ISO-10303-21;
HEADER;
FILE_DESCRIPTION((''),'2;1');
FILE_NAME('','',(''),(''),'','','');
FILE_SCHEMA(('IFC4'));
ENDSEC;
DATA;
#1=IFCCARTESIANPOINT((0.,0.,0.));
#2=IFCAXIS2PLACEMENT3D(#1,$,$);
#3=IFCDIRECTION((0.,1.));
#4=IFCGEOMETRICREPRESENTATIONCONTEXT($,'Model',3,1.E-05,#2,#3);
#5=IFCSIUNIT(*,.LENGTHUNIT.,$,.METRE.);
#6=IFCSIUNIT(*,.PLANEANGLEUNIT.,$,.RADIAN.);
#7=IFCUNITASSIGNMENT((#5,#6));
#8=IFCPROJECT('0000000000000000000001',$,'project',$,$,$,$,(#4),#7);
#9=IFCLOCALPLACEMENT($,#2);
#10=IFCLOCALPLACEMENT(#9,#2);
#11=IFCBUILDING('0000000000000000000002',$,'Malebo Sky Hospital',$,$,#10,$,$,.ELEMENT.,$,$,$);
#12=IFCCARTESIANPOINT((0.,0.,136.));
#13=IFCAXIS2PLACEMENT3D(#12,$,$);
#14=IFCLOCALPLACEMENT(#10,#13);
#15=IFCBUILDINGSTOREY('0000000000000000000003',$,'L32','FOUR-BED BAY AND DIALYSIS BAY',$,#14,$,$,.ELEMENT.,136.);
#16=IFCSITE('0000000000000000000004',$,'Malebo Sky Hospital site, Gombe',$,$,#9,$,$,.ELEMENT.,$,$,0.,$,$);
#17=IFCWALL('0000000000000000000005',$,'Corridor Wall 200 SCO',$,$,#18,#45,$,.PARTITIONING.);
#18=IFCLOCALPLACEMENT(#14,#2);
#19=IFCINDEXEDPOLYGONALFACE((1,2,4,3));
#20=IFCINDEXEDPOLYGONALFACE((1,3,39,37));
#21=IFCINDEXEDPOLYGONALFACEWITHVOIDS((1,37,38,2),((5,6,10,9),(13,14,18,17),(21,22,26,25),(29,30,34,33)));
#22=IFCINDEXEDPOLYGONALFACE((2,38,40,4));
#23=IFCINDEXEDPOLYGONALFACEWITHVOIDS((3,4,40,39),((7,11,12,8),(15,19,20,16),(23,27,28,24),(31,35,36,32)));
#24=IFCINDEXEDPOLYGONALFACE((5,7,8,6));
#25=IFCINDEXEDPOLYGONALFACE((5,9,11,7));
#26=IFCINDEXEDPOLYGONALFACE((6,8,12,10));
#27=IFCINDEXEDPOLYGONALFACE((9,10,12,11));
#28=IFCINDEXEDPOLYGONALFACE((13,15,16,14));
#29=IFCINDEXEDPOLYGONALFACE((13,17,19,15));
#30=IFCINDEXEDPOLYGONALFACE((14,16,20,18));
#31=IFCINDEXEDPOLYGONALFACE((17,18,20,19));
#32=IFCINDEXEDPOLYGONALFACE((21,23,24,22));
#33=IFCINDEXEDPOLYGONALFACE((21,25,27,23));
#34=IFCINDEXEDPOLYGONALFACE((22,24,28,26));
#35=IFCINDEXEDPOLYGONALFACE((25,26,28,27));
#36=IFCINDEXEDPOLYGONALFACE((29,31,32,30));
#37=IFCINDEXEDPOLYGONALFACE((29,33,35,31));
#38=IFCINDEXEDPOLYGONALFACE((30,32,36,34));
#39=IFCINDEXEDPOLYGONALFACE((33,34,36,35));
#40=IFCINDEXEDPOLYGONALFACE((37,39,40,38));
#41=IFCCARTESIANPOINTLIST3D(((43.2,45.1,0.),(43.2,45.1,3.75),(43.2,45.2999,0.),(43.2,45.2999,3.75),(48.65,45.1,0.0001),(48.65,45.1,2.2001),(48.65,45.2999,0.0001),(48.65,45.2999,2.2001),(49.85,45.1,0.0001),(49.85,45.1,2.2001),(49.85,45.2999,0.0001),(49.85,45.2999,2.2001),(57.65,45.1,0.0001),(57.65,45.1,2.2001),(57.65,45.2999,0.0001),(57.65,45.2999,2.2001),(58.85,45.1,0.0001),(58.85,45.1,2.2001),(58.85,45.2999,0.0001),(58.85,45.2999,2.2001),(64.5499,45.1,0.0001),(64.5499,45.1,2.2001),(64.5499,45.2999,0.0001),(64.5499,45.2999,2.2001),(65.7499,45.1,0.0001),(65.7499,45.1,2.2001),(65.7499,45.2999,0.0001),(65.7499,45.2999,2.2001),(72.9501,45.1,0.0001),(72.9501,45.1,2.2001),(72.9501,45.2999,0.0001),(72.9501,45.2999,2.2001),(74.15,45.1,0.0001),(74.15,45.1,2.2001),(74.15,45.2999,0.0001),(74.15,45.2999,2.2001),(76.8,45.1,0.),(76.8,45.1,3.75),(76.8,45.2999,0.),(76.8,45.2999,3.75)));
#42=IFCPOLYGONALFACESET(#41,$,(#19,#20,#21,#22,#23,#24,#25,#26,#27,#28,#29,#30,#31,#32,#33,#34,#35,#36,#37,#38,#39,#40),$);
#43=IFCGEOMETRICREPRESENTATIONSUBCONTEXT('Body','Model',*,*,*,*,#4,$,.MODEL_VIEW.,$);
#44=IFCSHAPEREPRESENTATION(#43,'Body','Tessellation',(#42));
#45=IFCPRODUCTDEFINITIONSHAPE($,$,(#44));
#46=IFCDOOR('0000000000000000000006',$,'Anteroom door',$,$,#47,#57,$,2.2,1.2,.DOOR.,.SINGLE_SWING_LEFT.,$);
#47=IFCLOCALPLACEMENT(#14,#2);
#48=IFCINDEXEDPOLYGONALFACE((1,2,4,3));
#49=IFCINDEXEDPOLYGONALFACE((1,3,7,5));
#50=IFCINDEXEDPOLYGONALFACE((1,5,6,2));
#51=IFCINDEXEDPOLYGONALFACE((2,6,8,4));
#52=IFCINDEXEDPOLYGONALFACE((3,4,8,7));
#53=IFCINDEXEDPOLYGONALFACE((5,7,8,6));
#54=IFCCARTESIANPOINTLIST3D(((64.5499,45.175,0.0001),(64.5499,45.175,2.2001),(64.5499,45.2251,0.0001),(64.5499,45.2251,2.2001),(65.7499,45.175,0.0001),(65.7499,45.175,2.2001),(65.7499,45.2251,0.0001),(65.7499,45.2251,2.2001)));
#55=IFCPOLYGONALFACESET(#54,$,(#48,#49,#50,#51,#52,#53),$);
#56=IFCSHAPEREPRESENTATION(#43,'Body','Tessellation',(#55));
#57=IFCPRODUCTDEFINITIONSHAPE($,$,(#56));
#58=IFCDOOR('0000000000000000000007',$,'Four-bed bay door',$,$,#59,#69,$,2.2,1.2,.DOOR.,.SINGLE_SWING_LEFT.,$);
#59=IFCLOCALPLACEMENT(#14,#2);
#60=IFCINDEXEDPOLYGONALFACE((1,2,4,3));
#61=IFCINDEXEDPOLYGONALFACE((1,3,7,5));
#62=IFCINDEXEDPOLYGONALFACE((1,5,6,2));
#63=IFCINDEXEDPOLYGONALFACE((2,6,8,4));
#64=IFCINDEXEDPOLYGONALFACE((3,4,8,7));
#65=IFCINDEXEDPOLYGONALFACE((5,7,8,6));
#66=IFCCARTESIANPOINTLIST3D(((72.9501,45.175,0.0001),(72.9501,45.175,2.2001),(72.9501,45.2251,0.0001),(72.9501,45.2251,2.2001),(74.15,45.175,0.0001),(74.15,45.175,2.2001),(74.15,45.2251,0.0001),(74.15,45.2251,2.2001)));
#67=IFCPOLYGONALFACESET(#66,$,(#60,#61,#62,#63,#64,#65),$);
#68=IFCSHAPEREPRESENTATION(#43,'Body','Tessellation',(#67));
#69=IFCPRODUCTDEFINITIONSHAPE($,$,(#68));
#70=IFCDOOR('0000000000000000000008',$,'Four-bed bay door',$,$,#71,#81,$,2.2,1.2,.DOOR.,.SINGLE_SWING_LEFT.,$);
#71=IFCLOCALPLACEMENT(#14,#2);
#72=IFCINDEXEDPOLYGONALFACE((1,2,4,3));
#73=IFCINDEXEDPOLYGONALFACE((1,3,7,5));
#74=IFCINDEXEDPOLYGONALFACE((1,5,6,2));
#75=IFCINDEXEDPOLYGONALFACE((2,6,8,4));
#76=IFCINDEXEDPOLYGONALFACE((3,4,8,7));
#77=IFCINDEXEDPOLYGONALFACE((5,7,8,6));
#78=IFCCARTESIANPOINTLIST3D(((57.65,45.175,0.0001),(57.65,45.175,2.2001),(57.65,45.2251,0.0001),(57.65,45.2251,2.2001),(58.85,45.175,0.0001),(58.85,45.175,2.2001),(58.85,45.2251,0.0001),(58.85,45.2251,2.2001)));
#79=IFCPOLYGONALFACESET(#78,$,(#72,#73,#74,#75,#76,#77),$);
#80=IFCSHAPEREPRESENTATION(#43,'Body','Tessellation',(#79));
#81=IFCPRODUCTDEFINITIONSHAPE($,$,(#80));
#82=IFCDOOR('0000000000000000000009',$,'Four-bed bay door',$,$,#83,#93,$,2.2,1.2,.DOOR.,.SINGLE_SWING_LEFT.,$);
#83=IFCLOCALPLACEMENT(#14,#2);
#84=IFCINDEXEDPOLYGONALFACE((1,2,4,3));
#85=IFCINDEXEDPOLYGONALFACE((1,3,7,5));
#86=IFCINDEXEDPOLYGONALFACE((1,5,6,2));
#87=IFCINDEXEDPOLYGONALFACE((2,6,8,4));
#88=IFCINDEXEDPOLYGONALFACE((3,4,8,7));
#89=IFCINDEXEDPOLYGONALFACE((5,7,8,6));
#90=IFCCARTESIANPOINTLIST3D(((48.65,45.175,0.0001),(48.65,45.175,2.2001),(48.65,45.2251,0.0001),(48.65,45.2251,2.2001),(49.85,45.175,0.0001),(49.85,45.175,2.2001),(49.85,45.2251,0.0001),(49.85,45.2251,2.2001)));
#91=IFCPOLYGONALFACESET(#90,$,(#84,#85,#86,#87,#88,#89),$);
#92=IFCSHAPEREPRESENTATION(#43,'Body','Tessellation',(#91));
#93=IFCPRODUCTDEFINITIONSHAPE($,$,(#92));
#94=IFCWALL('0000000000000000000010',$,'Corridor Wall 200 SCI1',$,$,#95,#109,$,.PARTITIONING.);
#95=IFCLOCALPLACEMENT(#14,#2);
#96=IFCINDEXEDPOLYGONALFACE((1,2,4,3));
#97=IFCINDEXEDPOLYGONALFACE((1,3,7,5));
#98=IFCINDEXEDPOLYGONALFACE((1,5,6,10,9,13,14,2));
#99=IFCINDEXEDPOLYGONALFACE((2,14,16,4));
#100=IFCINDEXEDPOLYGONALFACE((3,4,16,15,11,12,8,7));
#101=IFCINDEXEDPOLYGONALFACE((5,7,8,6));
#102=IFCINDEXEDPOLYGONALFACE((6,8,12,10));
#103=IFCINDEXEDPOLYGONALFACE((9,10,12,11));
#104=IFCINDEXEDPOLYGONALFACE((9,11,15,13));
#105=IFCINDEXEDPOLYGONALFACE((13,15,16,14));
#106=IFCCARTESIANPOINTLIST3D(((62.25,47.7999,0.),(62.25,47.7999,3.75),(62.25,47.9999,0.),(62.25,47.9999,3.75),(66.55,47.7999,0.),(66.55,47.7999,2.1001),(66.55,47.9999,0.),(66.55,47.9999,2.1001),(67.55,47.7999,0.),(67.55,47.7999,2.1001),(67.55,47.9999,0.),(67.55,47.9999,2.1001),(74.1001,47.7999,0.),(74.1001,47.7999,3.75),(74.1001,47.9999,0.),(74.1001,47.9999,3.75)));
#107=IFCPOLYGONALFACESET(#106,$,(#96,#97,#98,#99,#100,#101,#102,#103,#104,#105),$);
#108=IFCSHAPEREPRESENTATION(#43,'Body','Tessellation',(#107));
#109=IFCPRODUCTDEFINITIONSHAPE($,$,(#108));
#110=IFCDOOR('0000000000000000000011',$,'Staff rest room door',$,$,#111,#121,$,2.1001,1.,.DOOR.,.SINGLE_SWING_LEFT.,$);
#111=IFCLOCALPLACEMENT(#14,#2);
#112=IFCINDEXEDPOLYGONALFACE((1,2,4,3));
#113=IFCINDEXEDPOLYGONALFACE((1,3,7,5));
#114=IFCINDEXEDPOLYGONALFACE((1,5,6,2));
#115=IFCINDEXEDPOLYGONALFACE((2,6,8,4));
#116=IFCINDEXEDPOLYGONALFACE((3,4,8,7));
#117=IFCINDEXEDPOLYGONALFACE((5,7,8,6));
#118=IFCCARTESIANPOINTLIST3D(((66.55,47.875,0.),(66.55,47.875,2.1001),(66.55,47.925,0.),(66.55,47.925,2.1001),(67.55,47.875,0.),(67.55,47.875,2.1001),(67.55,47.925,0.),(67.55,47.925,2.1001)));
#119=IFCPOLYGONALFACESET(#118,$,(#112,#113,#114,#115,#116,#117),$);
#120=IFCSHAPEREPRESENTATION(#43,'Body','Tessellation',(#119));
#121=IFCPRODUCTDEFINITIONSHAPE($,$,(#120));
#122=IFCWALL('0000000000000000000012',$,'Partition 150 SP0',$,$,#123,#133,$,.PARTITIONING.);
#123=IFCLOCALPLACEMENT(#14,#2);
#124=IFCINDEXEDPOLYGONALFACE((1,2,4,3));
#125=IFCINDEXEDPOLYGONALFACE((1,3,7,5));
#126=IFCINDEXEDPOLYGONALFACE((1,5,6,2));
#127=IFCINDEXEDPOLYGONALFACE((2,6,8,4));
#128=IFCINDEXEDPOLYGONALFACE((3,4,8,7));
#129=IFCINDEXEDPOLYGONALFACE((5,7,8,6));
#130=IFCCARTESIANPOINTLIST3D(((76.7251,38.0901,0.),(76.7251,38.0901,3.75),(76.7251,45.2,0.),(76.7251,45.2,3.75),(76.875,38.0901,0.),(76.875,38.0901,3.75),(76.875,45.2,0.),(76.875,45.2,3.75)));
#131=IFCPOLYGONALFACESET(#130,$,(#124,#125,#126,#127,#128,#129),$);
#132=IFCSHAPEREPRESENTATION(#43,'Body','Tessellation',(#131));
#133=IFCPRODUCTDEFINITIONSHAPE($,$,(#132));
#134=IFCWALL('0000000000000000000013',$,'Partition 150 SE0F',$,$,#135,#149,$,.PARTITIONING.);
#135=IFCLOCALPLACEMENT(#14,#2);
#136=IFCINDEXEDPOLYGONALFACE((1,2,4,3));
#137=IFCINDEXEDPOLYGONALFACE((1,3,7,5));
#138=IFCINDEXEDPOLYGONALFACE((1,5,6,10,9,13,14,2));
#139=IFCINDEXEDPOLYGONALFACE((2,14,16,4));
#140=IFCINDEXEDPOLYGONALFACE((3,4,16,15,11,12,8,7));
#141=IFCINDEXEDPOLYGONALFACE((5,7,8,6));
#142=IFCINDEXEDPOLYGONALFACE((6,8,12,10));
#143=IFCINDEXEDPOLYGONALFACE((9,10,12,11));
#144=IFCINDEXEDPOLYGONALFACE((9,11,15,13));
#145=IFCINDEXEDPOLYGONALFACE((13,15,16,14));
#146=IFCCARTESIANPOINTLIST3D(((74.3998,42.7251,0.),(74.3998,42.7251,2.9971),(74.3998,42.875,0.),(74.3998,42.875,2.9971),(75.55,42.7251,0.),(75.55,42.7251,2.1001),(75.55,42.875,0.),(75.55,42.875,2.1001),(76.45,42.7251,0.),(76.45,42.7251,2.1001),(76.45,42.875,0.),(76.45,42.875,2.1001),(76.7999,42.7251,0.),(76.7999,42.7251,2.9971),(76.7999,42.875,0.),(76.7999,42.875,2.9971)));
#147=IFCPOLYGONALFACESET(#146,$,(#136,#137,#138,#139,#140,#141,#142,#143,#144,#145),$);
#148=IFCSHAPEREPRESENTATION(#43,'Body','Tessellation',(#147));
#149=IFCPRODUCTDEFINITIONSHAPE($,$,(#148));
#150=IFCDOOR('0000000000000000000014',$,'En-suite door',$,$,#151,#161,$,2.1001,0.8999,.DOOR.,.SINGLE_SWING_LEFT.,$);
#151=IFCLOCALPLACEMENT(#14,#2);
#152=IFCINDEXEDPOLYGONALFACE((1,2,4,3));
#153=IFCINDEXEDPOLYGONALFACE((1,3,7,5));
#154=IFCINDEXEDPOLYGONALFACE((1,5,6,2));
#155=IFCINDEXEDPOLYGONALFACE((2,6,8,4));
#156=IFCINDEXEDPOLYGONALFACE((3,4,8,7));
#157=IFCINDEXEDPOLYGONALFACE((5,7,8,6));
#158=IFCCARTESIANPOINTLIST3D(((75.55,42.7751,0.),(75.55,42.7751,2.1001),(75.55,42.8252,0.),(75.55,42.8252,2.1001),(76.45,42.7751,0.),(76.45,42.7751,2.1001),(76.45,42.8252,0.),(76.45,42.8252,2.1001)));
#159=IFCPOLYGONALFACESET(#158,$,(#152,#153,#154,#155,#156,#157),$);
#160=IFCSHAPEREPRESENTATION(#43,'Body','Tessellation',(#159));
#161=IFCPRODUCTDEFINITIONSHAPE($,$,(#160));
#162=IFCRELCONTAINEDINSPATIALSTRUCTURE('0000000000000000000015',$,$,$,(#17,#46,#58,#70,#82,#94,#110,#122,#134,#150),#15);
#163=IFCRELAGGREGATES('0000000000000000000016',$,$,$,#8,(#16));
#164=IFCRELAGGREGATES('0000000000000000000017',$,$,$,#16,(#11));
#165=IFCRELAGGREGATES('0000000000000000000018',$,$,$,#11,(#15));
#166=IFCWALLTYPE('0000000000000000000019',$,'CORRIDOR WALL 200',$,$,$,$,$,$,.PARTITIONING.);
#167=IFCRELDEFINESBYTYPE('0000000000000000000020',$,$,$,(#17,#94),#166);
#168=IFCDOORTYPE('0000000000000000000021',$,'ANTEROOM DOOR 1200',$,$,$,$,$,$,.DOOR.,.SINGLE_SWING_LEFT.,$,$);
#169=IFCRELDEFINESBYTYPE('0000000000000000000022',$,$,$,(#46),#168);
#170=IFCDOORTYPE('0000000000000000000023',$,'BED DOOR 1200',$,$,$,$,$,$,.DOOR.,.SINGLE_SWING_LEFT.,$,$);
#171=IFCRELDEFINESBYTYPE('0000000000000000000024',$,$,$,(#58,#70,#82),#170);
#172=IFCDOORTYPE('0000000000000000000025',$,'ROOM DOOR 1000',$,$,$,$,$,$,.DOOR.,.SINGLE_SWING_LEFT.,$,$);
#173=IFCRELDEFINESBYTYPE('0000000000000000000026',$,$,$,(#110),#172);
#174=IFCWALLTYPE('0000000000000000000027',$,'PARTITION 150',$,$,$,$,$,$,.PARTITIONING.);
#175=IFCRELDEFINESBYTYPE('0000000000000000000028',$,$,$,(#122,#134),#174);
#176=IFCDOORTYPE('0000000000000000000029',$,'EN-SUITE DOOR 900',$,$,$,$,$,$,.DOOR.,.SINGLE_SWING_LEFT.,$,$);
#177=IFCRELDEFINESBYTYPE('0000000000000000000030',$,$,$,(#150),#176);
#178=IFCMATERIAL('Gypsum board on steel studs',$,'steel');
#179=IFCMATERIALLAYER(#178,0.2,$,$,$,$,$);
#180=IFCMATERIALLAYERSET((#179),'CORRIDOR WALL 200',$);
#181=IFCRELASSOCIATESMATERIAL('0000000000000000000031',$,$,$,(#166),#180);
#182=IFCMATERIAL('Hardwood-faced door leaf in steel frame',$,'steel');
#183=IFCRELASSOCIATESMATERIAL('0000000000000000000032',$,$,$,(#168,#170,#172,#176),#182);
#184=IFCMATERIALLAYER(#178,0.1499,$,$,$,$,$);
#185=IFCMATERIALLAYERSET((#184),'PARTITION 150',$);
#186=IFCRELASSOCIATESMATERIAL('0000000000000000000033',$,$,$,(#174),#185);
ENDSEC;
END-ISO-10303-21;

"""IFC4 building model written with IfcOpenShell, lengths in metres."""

from ifc_helpers import new_model, si_unit, direction, frame, frame_2d, origin, place, context, subcontext, project, spatial, rectangle, extrude, material, layer, layer_set, type_object, element, fill, save


model = new_model("IFC4")

# Units and contexts
model_context = context("Model", 3, precision=1e-05, world=origin(), true_north=direction((0.0, 1.0)))
body_context = subcontext(model_context, "Body", "Model", "MODEL_VIEW")
ifc_project = project(units=[si_unit("LENGTHUNIT", "METRE"), si_unit("PLANEANGLEUNIT", "RADIAN")], contexts=[model_context])

# Site, building, storey
site_placement = place(None, origin())
site = spatial("IfcSite", under=ifc_project, at=site_placement, Name="Malebo Sky Hospital site, Gombe", CompositionType="ELEMENT", RefElevation=0.0)
building_placement = place(site_placement, origin())
building = spatial("IfcBuilding", under=site, at=building_placement, Name="Malebo Sky Hospital", CompositionType="ELEMENT")
storey_placement = place(building_placement, frame((0.0, 0.0, 136.0)))
storey = spatial("IfcBuildingStorey", under=building, at=storey_placement, Name="L32", Description="FOUR-BED BAY AND DIALYSIS BAY", CompositionType="ELEMENT", Elevation=136.0)

# Wall, openings, doors
ifc_material_1 = material(Name="Gypsum board on steel studs", Category="steel")
ifc_layer_1 = layer(ifc_material_1, 0.2)
ifc_layer_set_1 = layer_set([ifc_layer_1], Name="CORRIDOR WALL 200")
wall_type_1 = type_object("IfcWallType", Name="CORRIDOR WALL 200", PredefinedType="PARTITIONING", material=ifc_layer_set_1)
wall_1_placement = place(storey_placement, frame((76.8, 45.2, 0.0), z_axis=(0.0, 0.0, 1.0), x_axis=(-1.0, 0.0, 0.0)))
wall_1 = element("IfcWall", 1, at=wall_1_placement, inside=storey, type_object=wall_type_1, Name="Corridor Wall 200 SCO", PredefinedType="PARTITIONING", context=body_context, shape_type="SweptSolid", body=[
    extrude(rectangle(XDim=33.6001, YDim=0.2, at=frame_2d((16.8, 0.0))), origin(), (0.0, 0.0, 1.0), 3.75),
])
opening_1_placement = place(wall_1_placement, frame((2.6499, 0.0, 0.0)))
opening_1 = element("IfcOpeningElement", 2, at=opening_1_placement, cuts=wall_1, PredefinedType="OPENING", context=body_context, shape_type="SweptSolid", body=[
    extrude(rectangle(XDim=1.2, YDim=2.2, at=frame_2d((0.6001, 1.1001))), frame((0.0, 0.1099, 0.0), z_axis=(0.0, -1.0, 0.0), x_axis=(1.0, 0.0, 0.0)), (0.0, 0.0, 1.0), 0.22),
])
opening_2_placement = place(wall_1_placement, frame((11.05, 0.0, 0.0)))
opening_2 = element("IfcOpeningElement", 3, at=opening_2_placement, cuts=wall_1, PredefinedType="OPENING", context=body_context, shape_type="SweptSolid", body=[
    extrude(rectangle(XDim=1.2, YDim=2.2, at=frame_2d((0.6001, 1.1001))), frame((0.0, 0.1099, 0.0), z_axis=(0.0, -1.0, 0.0), x_axis=(1.0, 0.0, 0.0)), (0.0, 0.0, 1.0), 0.22),
])
opening_3_placement = place(wall_1_placement, frame((17.95, 0.0, 0.0)))
opening_3 = element("IfcOpeningElement", 4, at=opening_3_placement, cuts=wall_1, PredefinedType="OPENING", context=body_context, shape_type="SweptSolid", body=[
    extrude(rectangle(XDim=1.2, YDim=2.2, at=frame_2d((0.6001, 1.1001))), frame((0.0, 0.1099, 0.0), z_axis=(0.0, -1.0, 0.0), x_axis=(1.0, 0.0, 0.0)), (0.0, 0.0, 1.0), 0.22),
])
opening_4_placement = place(wall_1_placement, frame((26.95, 0.0, 0.0)))
opening_4 = element("IfcOpeningElement", 5, at=opening_4_placement, cuts=wall_1, PredefinedType="OPENING", context=body_context, shape_type="SweptSolid", body=[
    extrude(rectangle(XDim=1.2, YDim=2.2, at=frame_2d((0.6001, 1.1001))), frame((0.0, 0.1099, 0.0), z_axis=(0.0, -1.0, 0.0), x_axis=(1.0, 0.0, 0.0)), (0.0, 0.0, 1.0), 0.22),
])
ifc_material_2 = material(Name="Hardwood-faced door leaf in steel frame", Category="steel")
door_type_1 = type_object("IfcDoorType", Name="ANTEROOM DOOR 1200", OperationType="SINGLE_SWING_LEFT", PredefinedType="DOOR", material=ifc_material_2)
door_1_placement = place(opening_2_placement, origin())
door_1 = element("IfcDoor", 6, at=door_1_placement, inside=storey, type_object=door_type_1, Name="Anteroom door", OperationType="SINGLE_SWING_LEFT", OverallHeight=2.2, OverallWidth=1.2, PredefinedType="DOOR", context=body_context, shape_type="SweptSolid", body=[
    extrude(rectangle(XDim=1.2, YDim=2.2, at=frame_2d((0.6001, 1.1001))), frame((0.0, 0.0249, 0.0), z_axis=(0.0, -1.0, 0.0), x_axis=(1.0, 0.0, 0.0)), (0.0, 0.0, 1.0), 0.05),
])
fill(opening_2, door_1)
door_type_2 = type_object("IfcDoorType", Name="BED DOOR 1200", OperationType="SINGLE_SWING_LEFT", PredefinedType="DOOR", material=ifc_material_2)
door_2_placement = place(opening_1_placement, origin())
door_2 = element("IfcDoor", 7, at=door_2_placement, inside=storey, type_object=door_type_2, Name="Four-bed bay door", OperationType="SINGLE_SWING_LEFT", OverallHeight=2.2, OverallWidth=1.2, PredefinedType="DOOR", context=body_context, shape_type="SweptSolid", body=[
    extrude(rectangle(XDim=1.2, YDim=2.2, at=frame_2d((0.6001, 1.1001))), frame((0.0, 0.0249, 0.0), z_axis=(0.0, -1.0, 0.0), x_axis=(1.0, 0.0, 0.0)), (0.0, 0.0, 1.0), 0.05),
])
fill(opening_1, door_2)
door_3_placement = place(opening_3_placement, origin())
door_3 = element("IfcDoor", 8, at=door_3_placement, inside=storey, type_object=door_type_2, Name="Four-bed bay door", OperationType="SINGLE_SWING_LEFT", OverallHeight=2.2, OverallWidth=1.2, PredefinedType="DOOR", context=body_context, shape_type="SweptSolid", body=[
    extrude(rectangle(XDim=1.2, YDim=2.2, at=frame_2d((0.6001, 1.1001))), frame((0.0, 0.0249, 0.0), z_axis=(0.0, -1.0, 0.0), x_axis=(1.0, 0.0, 0.0)), (0.0, 0.0, 1.0), 0.05),
])
fill(opening_3, door_3)
door_4_placement = place(opening_4_placement, origin())
door_4 = element("IfcDoor", 9, at=door_4_placement, inside=storey, type_object=door_type_2, Name="Four-bed bay door", OperationType="SINGLE_SWING_LEFT", OverallHeight=2.2, OverallWidth=1.2, PredefinedType="DOOR", context=body_context, shape_type="SweptSolid", body=[
    extrude(rectangle(XDim=1.2, YDim=2.2, at=frame_2d((0.6001, 1.1001))), frame((0.0, 0.0249, 0.0), z_axis=(0.0, -1.0, 0.0), x_axis=(1.0, 0.0, 0.0)), (0.0, 0.0, 1.0), 0.05),
])
fill(opening_4, door_4)

# Wall, opening, door
wall_2_placement = place(storey_placement, frame((74.1001, 47.8999, 0.0), z_axis=(0.0, 0.0, 1.0), x_axis=(-1.0, 0.0, 0.0)))
wall_2 = element("IfcWall", 10, at=wall_2_placement, inside=storey, type_object=wall_type_1, Name="Corridor Wall 200 SCI1", PredefinedType="PARTITIONING", context=body_context, shape_type="SweptSolid", body=[
    extrude(rectangle(XDim=11.8501, YDim=0.2, at=frame_2d((5.925, 0.0))), origin(), (0.0, 0.0, 1.0), 3.75),
])
opening_5_placement = place(wall_2_placement, frame((6.55, 0.0, 0.0)))
opening_5 = element("IfcOpeningElement", 11, at=opening_5_placement, cuts=wall_2, PredefinedType="OPENING", context=body_context, shape_type="SweptSolid", body=[
    extrude(rectangle(XDim=1.0, YDim=2.1001, at=frame_2d((0.5, 1.05))), frame((0.0, 0.1099, 0.0), z_axis=(0.0, -1.0, 0.0), x_axis=(1.0, 0.0, 0.0)), (0.0, 0.0, 1.0), 0.22),
])
door_type_3 = type_object("IfcDoorType", Name="ROOM DOOR 1000", OperationType="SINGLE_SWING_LEFT", PredefinedType="DOOR", material=ifc_material_2)
door_5_placement = place(opening_5_placement, origin())
door_5 = element("IfcDoor", 12, at=door_5_placement, inside=storey, type_object=door_type_3, Name="Staff rest room door", OperationType="SINGLE_SWING_LEFT", OverallHeight=2.1001, OverallWidth=1.0, PredefinedType="DOOR", context=body_context, shape_type="SweptSolid", body=[
    extrude(rectangle(XDim=1.0, YDim=2.1001, at=frame_2d((0.5, 1.05))), frame((0.0, 0.0249, 0.0), z_axis=(0.0, -1.0, 0.0), x_axis=(1.0, 0.0, 0.0)), (0.0, 0.0, 1.0), 0.05),
])
fill(opening_5, door_5)

# Wall
ifc_layer_2 = layer(ifc_material_1, 0.1499)
ifc_layer_set_2 = layer_set([ifc_layer_2], Name="PARTITION 150")
wall_type_2 = type_object("IfcWallType", Name="PARTITION 150", PredefinedType="PARTITIONING", material=ifc_layer_set_2)
wall_3_placement = place(storey_placement, frame((76.8, 45.2, 0.0), z_axis=(0.0, 0.0, 1.0), x_axis=(0.0, -1.0, 0.0)))
element("IfcWall", 13, at=wall_3_placement, inside=storey, type_object=wall_type_2, Name="Partition 150 SP0", PredefinedType="PARTITIONING", context=body_context, shape_type="SweptSolid", body=[
    extrude(rectangle(XDim=7.1099, YDim=0.1499, at=frame_2d((3.5549, 0.0))), origin(), (0.0, 0.0, 1.0), 3.75),
])

# Wall, opening, door
wall_4_placement = place(storey_placement, frame((76.8, 42.8, 0.0), z_axis=(0.0, 0.0, 1.0), x_axis=(-1.0, 0.0, 0.0)))
wall_4 = element("IfcWall", 14, at=wall_4_placement, inside=storey, type_object=wall_type_2, Name="Partition 150 SE0F", PredefinedType="PARTITIONING", context=body_context, shape_type="SweptSolid", body=[
    extrude(rectangle(XDim=2.4001, YDim=0.1499, at=frame_2d((1.2002, 0.0))), origin(), (0.0, 0.0, 1.0), 2.9971),
])
opening_6_placement = place(wall_4_placement, frame((0.3501, 0.0, 0.0)))
opening_6 = element("IfcOpeningElement", 15, at=opening_6_placement, cuts=wall_4, PredefinedType="OPENING", context=body_context, shape_type="SweptSolid", body=[
    extrude(rectangle(XDim=0.8999, YDim=2.1001, at=frame_2d((0.45, 1.05))), frame((0.0, 0.085, 0.0), z_axis=(0.0, -1.0, 0.0), x_axis=(1.0, 0.0, 0.0)), (0.0, 0.0, 1.0), 0.1699),
])
door_type_4 = type_object("IfcDoorType", Name="EN-SUITE DOOR 900", OperationType="SINGLE_SWING_LEFT", PredefinedType="DOOR", material=ifc_material_2)
door_6_placement = place(opening_6_placement, origin())
door_6 = element("IfcDoor", 16, at=door_6_placement, inside=storey, type_object=door_type_4, Name="En-suite door", OperationType="SINGLE_SWING_LEFT", OverallHeight=2.1001, OverallWidth=0.8999, PredefinedType="DOOR", context=body_context, shape_type="SweptSolid", body=[
    extrude(rectangle(XDim=0.8999, YDim=2.1001, at=frame_2d((0.45, 1.05))), frame((0.0, 0.0249, 0.0), z_axis=(0.0, -1.0, 0.0), x_axis=(1.0, 0.0, 0.0)), (0.0, 0.0, 1.0), 0.05),
])
fill(opening_6, door_6)

save(model, "model.ifc")
